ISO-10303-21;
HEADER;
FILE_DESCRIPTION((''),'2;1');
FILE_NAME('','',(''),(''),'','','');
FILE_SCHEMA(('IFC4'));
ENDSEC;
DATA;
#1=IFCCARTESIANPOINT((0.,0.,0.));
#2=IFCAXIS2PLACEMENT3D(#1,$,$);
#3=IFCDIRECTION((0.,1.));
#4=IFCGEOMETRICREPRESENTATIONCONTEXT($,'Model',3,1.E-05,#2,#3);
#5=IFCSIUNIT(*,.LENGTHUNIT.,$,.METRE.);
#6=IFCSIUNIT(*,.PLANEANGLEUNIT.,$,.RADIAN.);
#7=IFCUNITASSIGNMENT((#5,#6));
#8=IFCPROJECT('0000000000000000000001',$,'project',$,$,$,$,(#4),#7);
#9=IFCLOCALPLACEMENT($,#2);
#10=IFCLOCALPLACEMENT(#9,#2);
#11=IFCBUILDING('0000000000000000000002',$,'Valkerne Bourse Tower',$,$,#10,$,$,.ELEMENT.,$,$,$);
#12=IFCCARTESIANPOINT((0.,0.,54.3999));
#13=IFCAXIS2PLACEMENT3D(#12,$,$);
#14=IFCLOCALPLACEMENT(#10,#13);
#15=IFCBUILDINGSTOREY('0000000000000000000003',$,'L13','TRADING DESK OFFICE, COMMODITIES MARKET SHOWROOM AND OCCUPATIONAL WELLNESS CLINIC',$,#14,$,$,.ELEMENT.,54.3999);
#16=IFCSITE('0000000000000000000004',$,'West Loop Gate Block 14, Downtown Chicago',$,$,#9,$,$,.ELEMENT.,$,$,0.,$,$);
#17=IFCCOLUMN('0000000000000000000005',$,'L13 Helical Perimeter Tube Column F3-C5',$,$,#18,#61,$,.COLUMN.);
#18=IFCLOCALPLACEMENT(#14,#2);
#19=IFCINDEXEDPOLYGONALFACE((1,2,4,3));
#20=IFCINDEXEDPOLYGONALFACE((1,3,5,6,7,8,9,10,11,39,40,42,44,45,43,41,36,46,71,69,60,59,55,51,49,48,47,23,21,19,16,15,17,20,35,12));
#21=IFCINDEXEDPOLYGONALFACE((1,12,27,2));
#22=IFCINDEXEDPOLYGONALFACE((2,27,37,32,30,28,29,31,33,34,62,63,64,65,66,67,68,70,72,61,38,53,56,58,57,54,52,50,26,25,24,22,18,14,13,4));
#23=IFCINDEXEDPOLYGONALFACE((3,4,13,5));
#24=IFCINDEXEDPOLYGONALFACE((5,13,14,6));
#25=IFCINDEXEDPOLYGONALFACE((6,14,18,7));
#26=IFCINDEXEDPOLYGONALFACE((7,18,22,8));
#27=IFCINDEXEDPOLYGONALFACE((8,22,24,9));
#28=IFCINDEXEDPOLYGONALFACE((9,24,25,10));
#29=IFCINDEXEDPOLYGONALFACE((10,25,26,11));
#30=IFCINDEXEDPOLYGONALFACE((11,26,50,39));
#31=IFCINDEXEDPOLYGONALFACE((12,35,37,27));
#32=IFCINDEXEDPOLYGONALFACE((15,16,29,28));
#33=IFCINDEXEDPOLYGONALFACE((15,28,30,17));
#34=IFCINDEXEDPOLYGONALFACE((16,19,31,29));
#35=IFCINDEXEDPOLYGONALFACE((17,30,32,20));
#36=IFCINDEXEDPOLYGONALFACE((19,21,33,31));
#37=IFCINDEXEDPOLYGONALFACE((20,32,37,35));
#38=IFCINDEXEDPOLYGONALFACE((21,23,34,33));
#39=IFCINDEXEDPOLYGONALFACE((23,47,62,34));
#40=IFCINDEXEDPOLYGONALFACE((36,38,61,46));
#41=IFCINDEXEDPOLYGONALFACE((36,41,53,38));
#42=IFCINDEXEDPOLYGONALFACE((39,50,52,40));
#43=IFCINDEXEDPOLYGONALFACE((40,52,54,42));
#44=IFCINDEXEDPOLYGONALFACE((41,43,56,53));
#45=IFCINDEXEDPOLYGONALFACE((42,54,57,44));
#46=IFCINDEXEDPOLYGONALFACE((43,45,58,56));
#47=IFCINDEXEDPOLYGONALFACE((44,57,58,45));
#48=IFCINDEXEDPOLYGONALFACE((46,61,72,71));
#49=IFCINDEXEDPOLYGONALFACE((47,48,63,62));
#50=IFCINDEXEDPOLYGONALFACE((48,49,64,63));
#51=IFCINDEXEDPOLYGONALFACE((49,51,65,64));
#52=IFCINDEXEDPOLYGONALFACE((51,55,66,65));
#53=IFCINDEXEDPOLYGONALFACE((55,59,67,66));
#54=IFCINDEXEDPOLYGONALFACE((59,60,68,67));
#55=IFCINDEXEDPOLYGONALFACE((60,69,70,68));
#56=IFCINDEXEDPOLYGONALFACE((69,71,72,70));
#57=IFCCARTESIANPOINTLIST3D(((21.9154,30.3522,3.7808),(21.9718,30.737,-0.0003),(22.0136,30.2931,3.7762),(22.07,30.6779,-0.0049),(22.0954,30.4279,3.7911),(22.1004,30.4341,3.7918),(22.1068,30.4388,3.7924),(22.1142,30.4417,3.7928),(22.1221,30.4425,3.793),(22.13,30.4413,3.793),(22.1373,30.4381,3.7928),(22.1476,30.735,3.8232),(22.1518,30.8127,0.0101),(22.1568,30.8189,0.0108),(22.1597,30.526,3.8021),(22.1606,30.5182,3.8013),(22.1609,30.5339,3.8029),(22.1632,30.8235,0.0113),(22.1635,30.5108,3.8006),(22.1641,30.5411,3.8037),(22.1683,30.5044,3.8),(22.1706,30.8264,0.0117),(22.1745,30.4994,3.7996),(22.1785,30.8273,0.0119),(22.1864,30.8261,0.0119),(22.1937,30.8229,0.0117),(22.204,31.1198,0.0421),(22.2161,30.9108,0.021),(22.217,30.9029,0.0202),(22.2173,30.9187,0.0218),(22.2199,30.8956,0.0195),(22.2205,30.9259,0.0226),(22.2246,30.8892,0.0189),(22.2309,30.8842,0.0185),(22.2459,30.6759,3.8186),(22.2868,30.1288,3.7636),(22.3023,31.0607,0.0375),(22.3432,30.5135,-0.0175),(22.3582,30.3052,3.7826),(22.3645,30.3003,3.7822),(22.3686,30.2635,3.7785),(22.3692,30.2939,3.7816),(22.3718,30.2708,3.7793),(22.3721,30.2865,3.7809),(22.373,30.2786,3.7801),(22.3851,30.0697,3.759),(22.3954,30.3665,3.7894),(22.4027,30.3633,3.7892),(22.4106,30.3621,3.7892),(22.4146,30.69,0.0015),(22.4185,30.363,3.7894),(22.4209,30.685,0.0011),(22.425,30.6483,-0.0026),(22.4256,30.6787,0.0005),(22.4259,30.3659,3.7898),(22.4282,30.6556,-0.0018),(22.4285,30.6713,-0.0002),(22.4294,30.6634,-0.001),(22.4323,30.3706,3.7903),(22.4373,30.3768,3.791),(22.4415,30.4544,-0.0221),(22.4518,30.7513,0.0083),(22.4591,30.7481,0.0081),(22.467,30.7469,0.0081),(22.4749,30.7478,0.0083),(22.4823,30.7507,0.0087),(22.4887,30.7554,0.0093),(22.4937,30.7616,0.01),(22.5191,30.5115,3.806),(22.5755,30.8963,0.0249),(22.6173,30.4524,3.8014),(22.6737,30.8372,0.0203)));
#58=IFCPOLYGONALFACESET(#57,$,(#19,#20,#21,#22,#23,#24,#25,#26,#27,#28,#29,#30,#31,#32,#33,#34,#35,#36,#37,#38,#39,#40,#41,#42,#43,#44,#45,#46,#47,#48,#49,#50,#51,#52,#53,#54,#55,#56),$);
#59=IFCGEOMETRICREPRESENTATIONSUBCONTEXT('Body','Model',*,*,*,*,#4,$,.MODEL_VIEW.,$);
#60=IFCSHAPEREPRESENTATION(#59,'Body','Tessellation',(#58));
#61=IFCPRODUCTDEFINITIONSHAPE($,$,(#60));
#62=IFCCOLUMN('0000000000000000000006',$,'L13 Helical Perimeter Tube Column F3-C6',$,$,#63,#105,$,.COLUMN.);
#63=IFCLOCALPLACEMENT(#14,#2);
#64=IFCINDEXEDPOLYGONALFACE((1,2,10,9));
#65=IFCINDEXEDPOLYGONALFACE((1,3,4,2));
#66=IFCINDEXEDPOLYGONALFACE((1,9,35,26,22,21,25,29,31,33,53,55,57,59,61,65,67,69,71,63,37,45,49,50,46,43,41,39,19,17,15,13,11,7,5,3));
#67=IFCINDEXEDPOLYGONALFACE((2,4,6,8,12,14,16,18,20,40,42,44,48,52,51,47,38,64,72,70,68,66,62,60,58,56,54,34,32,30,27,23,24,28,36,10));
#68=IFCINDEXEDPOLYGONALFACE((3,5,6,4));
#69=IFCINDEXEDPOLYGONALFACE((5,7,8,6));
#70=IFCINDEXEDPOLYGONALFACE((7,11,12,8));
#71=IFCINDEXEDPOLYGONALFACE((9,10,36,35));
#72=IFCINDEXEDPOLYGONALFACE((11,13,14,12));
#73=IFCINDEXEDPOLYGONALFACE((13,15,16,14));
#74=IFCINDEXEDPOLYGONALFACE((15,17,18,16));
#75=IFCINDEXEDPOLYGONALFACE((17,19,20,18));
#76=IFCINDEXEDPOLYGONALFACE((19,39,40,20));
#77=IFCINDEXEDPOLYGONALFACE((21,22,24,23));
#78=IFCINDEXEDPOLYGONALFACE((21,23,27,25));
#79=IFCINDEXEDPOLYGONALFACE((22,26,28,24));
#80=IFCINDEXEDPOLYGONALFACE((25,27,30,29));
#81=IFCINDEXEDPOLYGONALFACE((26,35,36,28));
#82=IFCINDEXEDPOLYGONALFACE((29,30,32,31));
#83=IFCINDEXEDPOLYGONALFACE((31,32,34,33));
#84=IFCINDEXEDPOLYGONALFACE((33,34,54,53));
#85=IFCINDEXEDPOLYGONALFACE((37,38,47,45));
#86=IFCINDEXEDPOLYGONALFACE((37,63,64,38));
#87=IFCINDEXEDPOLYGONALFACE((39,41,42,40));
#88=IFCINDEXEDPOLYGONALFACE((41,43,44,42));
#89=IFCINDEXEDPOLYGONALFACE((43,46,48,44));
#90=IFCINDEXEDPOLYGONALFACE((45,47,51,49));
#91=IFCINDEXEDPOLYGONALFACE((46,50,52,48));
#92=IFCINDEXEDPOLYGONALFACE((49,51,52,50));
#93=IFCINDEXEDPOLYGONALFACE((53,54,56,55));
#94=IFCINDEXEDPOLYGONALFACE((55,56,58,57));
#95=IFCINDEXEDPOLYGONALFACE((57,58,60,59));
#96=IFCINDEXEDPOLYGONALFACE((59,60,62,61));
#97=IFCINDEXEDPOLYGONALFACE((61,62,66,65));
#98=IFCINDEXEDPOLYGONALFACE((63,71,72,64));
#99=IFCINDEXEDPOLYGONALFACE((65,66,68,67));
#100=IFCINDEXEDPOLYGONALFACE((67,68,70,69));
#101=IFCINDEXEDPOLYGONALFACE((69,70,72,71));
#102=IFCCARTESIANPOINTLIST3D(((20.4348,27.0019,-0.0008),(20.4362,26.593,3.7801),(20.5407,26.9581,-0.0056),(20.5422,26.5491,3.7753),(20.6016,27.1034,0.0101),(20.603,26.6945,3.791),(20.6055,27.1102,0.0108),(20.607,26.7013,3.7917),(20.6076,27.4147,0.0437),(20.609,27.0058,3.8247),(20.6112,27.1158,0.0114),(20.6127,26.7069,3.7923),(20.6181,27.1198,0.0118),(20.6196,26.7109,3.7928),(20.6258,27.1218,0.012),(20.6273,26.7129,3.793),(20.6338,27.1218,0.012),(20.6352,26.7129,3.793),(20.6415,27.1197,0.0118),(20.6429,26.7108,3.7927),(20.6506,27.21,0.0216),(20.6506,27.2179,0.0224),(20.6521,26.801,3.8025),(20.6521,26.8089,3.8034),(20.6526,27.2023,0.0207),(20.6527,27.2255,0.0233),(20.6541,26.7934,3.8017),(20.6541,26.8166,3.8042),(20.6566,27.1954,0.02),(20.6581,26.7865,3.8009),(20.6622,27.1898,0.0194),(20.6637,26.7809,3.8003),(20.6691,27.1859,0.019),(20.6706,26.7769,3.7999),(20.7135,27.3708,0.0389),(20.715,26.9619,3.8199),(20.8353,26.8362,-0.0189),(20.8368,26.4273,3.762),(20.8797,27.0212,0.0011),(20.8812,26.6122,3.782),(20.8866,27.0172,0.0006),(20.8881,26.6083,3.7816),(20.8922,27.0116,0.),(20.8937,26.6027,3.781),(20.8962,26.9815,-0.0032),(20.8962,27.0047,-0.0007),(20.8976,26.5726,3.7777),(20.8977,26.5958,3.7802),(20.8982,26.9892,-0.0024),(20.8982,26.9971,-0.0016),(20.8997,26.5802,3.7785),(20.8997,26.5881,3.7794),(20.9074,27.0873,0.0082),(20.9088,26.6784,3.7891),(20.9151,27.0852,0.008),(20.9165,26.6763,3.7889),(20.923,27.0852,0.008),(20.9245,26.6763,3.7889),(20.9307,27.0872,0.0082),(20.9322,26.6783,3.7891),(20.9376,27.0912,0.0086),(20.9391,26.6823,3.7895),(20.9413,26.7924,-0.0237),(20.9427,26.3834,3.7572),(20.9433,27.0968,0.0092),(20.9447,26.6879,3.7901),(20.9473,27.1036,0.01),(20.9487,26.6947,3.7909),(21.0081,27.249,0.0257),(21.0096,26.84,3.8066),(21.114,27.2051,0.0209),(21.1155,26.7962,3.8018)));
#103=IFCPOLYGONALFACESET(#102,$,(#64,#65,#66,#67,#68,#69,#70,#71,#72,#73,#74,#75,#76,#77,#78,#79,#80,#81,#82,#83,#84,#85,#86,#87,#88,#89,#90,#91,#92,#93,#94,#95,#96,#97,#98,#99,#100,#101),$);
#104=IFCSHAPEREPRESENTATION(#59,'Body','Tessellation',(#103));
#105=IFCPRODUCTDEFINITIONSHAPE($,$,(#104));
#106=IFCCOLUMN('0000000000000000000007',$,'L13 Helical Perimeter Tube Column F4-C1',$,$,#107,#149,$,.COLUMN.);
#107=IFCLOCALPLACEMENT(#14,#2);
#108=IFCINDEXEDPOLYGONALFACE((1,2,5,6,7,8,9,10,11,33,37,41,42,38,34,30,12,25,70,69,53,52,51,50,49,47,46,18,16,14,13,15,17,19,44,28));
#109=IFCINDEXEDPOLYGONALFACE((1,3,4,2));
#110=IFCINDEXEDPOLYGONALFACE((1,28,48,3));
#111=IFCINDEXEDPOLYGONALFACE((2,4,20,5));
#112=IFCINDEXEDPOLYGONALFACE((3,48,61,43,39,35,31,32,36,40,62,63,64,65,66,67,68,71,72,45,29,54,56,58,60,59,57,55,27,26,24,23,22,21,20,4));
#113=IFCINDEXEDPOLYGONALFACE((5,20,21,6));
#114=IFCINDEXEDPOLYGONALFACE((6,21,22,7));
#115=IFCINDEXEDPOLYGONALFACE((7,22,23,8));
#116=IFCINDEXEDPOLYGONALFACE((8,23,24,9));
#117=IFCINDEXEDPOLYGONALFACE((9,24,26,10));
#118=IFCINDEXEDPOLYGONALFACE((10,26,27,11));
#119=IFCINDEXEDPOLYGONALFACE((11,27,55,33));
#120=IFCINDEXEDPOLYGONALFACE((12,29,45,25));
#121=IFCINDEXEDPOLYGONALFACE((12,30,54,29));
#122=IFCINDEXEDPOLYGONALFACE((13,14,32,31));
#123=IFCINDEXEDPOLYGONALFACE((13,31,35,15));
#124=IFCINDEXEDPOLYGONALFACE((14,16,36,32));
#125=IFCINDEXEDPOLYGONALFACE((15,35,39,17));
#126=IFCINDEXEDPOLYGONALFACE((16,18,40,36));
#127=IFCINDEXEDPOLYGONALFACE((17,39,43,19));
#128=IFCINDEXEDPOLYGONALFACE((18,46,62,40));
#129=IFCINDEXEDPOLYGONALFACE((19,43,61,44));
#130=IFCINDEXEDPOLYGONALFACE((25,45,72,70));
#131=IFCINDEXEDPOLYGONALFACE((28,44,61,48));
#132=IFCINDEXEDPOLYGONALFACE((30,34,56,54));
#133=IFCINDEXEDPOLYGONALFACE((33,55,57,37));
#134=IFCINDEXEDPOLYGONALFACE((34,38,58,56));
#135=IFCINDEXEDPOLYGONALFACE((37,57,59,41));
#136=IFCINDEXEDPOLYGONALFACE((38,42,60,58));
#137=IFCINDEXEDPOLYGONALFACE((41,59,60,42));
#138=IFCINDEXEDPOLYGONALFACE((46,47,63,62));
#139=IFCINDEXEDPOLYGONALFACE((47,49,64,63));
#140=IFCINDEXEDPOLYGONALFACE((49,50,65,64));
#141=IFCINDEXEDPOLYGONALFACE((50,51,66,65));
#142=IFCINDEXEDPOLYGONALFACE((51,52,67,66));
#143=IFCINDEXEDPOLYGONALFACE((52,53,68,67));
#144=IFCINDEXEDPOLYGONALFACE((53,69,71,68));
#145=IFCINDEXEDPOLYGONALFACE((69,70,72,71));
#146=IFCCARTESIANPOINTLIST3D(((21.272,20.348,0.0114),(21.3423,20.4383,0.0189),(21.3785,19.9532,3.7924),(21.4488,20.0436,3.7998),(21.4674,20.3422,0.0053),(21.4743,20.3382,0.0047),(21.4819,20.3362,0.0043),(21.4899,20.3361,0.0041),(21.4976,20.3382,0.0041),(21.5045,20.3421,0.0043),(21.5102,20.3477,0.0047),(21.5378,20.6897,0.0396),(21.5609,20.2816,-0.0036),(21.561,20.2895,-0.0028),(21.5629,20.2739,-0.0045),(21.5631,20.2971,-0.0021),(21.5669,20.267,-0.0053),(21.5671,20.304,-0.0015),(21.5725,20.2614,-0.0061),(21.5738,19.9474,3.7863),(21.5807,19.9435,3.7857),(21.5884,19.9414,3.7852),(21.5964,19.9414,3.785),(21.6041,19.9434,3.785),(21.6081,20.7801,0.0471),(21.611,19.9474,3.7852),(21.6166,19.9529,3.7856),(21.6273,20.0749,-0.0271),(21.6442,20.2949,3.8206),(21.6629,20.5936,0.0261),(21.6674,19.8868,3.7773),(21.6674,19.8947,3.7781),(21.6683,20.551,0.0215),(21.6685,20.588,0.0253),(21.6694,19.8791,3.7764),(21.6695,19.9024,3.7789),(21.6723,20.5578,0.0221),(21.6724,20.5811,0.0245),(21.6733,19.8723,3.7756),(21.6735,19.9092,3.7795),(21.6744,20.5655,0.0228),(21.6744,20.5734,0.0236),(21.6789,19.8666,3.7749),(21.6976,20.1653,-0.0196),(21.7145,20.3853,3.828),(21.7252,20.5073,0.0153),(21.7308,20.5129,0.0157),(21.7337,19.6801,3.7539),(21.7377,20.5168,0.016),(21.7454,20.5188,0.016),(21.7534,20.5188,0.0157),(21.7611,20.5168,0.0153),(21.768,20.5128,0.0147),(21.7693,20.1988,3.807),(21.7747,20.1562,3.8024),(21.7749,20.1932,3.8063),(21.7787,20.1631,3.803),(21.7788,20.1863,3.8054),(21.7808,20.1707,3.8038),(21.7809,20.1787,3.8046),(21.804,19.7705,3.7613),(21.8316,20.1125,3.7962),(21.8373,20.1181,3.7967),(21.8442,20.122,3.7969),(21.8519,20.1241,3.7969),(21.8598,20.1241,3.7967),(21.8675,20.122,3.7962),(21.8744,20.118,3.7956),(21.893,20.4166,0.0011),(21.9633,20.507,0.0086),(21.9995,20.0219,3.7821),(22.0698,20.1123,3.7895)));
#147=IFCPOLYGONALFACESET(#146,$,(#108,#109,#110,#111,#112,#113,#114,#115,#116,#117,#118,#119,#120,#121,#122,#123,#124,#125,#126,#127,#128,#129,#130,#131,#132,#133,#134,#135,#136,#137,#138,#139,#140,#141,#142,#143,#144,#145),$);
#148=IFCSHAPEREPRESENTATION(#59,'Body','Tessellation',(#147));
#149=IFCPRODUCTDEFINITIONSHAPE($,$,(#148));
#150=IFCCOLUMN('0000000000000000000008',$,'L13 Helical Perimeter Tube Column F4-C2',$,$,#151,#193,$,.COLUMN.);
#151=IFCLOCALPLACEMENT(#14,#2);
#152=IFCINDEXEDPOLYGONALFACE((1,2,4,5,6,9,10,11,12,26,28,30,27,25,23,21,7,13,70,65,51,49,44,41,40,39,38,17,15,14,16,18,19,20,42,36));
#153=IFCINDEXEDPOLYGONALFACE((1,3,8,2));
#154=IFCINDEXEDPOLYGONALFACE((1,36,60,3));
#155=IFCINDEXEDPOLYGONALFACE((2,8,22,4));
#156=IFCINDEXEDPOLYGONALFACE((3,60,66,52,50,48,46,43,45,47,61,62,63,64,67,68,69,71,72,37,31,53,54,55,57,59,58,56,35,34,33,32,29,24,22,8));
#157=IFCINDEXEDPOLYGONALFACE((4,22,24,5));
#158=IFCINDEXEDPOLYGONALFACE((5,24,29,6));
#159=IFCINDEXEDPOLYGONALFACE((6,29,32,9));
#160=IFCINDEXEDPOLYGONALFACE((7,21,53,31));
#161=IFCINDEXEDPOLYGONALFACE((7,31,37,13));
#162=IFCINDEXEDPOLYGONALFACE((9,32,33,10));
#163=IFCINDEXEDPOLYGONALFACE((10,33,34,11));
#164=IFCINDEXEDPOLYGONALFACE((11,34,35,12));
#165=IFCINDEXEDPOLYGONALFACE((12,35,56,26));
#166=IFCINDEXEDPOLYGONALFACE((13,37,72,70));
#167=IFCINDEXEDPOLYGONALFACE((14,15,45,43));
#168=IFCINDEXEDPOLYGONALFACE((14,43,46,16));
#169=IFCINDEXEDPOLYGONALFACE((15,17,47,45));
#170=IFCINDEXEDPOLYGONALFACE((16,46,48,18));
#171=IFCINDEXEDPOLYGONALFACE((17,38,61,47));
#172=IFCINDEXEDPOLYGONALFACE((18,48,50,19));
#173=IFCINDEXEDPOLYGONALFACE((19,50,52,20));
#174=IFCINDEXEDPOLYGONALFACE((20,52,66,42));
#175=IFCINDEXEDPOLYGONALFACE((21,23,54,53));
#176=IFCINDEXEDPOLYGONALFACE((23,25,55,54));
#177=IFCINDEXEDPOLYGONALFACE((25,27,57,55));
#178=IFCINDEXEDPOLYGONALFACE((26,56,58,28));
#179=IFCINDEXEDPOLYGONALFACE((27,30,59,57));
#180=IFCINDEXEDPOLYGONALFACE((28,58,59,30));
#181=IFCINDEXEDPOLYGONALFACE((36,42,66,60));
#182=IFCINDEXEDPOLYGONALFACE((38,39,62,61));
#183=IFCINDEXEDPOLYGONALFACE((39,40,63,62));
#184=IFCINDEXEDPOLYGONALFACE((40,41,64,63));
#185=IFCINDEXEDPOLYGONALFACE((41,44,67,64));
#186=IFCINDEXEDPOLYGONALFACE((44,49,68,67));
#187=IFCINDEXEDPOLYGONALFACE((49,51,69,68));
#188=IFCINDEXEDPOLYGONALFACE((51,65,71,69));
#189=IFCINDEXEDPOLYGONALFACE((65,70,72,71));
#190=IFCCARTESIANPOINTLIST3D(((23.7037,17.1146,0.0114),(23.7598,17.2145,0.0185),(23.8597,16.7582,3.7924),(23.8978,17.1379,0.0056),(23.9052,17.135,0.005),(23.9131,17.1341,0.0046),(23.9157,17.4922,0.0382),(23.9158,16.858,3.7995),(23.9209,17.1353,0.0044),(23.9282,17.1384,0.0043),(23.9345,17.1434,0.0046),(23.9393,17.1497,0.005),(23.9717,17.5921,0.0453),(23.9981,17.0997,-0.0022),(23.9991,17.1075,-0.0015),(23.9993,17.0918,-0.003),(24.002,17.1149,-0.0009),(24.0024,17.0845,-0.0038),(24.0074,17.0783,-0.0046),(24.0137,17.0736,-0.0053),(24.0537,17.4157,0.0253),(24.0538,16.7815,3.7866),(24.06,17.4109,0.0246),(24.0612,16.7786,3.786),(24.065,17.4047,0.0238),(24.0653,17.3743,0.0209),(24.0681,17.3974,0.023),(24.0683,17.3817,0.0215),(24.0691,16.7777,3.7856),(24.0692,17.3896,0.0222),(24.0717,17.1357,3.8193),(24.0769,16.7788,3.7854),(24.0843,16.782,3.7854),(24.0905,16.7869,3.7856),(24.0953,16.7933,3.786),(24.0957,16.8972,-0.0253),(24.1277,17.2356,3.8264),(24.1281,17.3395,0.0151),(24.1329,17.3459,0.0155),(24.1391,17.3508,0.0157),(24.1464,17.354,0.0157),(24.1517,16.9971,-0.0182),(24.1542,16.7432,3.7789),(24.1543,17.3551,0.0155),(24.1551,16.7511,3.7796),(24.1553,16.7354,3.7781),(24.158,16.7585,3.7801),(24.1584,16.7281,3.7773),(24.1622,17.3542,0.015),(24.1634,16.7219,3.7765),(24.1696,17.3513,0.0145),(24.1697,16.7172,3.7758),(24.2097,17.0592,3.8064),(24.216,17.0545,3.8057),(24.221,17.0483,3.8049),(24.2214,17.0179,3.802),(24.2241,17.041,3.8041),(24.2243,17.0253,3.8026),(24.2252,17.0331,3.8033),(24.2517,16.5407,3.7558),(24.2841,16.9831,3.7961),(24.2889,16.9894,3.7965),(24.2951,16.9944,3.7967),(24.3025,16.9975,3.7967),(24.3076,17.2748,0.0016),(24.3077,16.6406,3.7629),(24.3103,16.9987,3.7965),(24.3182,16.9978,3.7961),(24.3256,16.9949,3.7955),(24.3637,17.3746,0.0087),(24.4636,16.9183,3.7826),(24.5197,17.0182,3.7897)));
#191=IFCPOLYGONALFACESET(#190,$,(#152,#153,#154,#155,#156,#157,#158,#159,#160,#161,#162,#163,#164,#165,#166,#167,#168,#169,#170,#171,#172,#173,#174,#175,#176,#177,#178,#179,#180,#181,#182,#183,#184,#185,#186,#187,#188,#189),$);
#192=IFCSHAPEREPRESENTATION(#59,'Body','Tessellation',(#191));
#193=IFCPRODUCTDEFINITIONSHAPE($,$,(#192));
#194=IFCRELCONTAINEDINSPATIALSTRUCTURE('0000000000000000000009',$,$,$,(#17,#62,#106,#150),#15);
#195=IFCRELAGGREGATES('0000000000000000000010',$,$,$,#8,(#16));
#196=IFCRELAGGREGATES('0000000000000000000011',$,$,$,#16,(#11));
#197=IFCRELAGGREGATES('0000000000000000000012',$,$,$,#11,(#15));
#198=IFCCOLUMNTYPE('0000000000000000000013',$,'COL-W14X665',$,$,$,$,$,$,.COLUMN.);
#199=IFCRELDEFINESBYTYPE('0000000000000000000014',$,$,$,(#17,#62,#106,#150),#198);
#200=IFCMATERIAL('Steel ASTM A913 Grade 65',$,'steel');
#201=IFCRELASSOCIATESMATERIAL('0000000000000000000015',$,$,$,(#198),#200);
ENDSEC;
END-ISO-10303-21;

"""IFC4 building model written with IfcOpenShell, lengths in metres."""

from ifc_helpers import new_model, si_unit, direction, frame, origin, origin_2d, place, context, subcontext, project, spatial, i_section, extrude, material, material_profile, profile_set, type_object, element, save


model = new_model("IFC4")

# Units and contexts
model_context = context("Model", 3, precision=1e-05, world=origin(), true_north=direction((0.0, 1.0)))
body_context = subcontext(model_context, "Body", "Model", "MODEL_VIEW")
ifc_project = project(units=[si_unit("LENGTHUNIT", "METRE"), si_unit("PLANEANGLEUNIT", "RADIAN")], contexts=[model_context])

# Site, building, storey
site_placement = place(None, origin())
site = spatial("IfcSite", under=ifc_project, at=site_placement, Name="West Loop Gate Block 14, Downtown Chicago", CompositionType="ELEMENT", RefElevation=0.0)
building_placement = place(site_placement, origin())
building = spatial("IfcBuilding", under=site, at=building_placement, Name="Valkerne Bourse Tower", CompositionType="ELEMENT")
storey_placement = place(building_placement, frame((0.0, 0.0, 54.3999)))
storey = spatial("IfcBuildingStorey", under=building, at=storey_placement, Name="L13", Description="TRADING DESK OFFICE, COMMODITIES MARKET SHOWROOM AND OCCUPATIONAL WELLNESS CLINIC", CompositionType="ELEMENT", Elevation=54.3999)

# Columns
ifc_material_1 = material(Name="Steel ASTM A913 Grade 65", Category="steel")
ifc_material_profile_1 = material_profile(ifc_material_1, i_section(OverallWidth=0.4497, OverallDepth=0.5486, WebThickness=0.072, FlangeThickness=0.1147, FilletRadius=0.0305, at=origin_2d()), Name="W14X665")
ifc_profile_set_1 = profile_set([ifc_material_profile_1], Name="Steel ASTM A913 Grade 65")
column_type = type_object("IfcColumnType", Name="COL-W14X665", PredefinedType="COLUMN", material=ifc_profile_set_1)
column_1_placement = place(storey_placement, frame((22.3228, 30.7871, 0.01), z_axis=(-0.014837, -0.101229, 0.994753), x_axis=(-0.51641, -0.851132, -0.094316)))
element("IfcColumn", 1, at=column_1_placement, inside=storey, type_object=column_type, Name="L13 Helical Perimeter Tube Column F3-C5", PredefinedType="COLUMN", context=body_context, shape_type="SweptSolid", body=[
    extrude(i_section(OverallWidth=0.4497, OverallDepth=0.5486, WebThickness=0.072, FlangeThickness=0.1147, FilletRadius=0.0305, at=origin_2d()), origin(), (0.0, 0.0, 1.0), 3.801),
])
for number, where, z_axis, x_axis, name in (
    (2, (20.7744, 27.1035, 0.01), (0.000385, -0.107528, 0.994202), (-0.38423, -0.9179, -0.099127), "L13 Helical Perimeter Tube Column F3-C6"),
    (3, (21.6177, 20.4275, 0.01), (0.027989, -0.103805, 0.994204), (0.789916, -0.607206, -0.085637), "L13 Helical Perimeter Tube Column F4-C1"),
):
    element("IfcColumn", number, at=place(storey_placement, frame(where, z_axis=z_axis, x_axis=x_axis)), inside=storey, type_object=column_type, Name=name, PredefinedType="COLUMN", context=body_context, shape_type="SweptSolid", body=[
        extrude(i_section(OverallWidth=0.4497, OverallDepth=0.5486, WebThickness=0.072, FlangeThickness=0.1147, FilletRadius=0.0305, at=origin_2d()), origin(), (0.0, 0.0, 1.0), 3.803),
    ])
column_2_placement = place(storey_placement, frame((24.0337, 17.2446, 0.01), z_axis=(0.041044, -0.093777, 0.994747), x_axis=(0.871564, -0.483453, -0.081538)))
element("IfcColumn", 4, at=column_2_placement, inside=storey, type_object=column_type, Name="L13 Helical Perimeter Tube Column F4-C2", PredefinedType="COLUMN", context=body_context, shape_type="SweptSolid", body=[
    extrude(i_section(OverallWidth=0.4497, OverallDepth=0.5486, WebThickness=0.072, FlangeThickness=0.1147, FilletRadius=0.0305, at=origin_2d()), origin(), (0.0, 0.0, 1.0), 3.801),
])

save(model, "model.ifc")
